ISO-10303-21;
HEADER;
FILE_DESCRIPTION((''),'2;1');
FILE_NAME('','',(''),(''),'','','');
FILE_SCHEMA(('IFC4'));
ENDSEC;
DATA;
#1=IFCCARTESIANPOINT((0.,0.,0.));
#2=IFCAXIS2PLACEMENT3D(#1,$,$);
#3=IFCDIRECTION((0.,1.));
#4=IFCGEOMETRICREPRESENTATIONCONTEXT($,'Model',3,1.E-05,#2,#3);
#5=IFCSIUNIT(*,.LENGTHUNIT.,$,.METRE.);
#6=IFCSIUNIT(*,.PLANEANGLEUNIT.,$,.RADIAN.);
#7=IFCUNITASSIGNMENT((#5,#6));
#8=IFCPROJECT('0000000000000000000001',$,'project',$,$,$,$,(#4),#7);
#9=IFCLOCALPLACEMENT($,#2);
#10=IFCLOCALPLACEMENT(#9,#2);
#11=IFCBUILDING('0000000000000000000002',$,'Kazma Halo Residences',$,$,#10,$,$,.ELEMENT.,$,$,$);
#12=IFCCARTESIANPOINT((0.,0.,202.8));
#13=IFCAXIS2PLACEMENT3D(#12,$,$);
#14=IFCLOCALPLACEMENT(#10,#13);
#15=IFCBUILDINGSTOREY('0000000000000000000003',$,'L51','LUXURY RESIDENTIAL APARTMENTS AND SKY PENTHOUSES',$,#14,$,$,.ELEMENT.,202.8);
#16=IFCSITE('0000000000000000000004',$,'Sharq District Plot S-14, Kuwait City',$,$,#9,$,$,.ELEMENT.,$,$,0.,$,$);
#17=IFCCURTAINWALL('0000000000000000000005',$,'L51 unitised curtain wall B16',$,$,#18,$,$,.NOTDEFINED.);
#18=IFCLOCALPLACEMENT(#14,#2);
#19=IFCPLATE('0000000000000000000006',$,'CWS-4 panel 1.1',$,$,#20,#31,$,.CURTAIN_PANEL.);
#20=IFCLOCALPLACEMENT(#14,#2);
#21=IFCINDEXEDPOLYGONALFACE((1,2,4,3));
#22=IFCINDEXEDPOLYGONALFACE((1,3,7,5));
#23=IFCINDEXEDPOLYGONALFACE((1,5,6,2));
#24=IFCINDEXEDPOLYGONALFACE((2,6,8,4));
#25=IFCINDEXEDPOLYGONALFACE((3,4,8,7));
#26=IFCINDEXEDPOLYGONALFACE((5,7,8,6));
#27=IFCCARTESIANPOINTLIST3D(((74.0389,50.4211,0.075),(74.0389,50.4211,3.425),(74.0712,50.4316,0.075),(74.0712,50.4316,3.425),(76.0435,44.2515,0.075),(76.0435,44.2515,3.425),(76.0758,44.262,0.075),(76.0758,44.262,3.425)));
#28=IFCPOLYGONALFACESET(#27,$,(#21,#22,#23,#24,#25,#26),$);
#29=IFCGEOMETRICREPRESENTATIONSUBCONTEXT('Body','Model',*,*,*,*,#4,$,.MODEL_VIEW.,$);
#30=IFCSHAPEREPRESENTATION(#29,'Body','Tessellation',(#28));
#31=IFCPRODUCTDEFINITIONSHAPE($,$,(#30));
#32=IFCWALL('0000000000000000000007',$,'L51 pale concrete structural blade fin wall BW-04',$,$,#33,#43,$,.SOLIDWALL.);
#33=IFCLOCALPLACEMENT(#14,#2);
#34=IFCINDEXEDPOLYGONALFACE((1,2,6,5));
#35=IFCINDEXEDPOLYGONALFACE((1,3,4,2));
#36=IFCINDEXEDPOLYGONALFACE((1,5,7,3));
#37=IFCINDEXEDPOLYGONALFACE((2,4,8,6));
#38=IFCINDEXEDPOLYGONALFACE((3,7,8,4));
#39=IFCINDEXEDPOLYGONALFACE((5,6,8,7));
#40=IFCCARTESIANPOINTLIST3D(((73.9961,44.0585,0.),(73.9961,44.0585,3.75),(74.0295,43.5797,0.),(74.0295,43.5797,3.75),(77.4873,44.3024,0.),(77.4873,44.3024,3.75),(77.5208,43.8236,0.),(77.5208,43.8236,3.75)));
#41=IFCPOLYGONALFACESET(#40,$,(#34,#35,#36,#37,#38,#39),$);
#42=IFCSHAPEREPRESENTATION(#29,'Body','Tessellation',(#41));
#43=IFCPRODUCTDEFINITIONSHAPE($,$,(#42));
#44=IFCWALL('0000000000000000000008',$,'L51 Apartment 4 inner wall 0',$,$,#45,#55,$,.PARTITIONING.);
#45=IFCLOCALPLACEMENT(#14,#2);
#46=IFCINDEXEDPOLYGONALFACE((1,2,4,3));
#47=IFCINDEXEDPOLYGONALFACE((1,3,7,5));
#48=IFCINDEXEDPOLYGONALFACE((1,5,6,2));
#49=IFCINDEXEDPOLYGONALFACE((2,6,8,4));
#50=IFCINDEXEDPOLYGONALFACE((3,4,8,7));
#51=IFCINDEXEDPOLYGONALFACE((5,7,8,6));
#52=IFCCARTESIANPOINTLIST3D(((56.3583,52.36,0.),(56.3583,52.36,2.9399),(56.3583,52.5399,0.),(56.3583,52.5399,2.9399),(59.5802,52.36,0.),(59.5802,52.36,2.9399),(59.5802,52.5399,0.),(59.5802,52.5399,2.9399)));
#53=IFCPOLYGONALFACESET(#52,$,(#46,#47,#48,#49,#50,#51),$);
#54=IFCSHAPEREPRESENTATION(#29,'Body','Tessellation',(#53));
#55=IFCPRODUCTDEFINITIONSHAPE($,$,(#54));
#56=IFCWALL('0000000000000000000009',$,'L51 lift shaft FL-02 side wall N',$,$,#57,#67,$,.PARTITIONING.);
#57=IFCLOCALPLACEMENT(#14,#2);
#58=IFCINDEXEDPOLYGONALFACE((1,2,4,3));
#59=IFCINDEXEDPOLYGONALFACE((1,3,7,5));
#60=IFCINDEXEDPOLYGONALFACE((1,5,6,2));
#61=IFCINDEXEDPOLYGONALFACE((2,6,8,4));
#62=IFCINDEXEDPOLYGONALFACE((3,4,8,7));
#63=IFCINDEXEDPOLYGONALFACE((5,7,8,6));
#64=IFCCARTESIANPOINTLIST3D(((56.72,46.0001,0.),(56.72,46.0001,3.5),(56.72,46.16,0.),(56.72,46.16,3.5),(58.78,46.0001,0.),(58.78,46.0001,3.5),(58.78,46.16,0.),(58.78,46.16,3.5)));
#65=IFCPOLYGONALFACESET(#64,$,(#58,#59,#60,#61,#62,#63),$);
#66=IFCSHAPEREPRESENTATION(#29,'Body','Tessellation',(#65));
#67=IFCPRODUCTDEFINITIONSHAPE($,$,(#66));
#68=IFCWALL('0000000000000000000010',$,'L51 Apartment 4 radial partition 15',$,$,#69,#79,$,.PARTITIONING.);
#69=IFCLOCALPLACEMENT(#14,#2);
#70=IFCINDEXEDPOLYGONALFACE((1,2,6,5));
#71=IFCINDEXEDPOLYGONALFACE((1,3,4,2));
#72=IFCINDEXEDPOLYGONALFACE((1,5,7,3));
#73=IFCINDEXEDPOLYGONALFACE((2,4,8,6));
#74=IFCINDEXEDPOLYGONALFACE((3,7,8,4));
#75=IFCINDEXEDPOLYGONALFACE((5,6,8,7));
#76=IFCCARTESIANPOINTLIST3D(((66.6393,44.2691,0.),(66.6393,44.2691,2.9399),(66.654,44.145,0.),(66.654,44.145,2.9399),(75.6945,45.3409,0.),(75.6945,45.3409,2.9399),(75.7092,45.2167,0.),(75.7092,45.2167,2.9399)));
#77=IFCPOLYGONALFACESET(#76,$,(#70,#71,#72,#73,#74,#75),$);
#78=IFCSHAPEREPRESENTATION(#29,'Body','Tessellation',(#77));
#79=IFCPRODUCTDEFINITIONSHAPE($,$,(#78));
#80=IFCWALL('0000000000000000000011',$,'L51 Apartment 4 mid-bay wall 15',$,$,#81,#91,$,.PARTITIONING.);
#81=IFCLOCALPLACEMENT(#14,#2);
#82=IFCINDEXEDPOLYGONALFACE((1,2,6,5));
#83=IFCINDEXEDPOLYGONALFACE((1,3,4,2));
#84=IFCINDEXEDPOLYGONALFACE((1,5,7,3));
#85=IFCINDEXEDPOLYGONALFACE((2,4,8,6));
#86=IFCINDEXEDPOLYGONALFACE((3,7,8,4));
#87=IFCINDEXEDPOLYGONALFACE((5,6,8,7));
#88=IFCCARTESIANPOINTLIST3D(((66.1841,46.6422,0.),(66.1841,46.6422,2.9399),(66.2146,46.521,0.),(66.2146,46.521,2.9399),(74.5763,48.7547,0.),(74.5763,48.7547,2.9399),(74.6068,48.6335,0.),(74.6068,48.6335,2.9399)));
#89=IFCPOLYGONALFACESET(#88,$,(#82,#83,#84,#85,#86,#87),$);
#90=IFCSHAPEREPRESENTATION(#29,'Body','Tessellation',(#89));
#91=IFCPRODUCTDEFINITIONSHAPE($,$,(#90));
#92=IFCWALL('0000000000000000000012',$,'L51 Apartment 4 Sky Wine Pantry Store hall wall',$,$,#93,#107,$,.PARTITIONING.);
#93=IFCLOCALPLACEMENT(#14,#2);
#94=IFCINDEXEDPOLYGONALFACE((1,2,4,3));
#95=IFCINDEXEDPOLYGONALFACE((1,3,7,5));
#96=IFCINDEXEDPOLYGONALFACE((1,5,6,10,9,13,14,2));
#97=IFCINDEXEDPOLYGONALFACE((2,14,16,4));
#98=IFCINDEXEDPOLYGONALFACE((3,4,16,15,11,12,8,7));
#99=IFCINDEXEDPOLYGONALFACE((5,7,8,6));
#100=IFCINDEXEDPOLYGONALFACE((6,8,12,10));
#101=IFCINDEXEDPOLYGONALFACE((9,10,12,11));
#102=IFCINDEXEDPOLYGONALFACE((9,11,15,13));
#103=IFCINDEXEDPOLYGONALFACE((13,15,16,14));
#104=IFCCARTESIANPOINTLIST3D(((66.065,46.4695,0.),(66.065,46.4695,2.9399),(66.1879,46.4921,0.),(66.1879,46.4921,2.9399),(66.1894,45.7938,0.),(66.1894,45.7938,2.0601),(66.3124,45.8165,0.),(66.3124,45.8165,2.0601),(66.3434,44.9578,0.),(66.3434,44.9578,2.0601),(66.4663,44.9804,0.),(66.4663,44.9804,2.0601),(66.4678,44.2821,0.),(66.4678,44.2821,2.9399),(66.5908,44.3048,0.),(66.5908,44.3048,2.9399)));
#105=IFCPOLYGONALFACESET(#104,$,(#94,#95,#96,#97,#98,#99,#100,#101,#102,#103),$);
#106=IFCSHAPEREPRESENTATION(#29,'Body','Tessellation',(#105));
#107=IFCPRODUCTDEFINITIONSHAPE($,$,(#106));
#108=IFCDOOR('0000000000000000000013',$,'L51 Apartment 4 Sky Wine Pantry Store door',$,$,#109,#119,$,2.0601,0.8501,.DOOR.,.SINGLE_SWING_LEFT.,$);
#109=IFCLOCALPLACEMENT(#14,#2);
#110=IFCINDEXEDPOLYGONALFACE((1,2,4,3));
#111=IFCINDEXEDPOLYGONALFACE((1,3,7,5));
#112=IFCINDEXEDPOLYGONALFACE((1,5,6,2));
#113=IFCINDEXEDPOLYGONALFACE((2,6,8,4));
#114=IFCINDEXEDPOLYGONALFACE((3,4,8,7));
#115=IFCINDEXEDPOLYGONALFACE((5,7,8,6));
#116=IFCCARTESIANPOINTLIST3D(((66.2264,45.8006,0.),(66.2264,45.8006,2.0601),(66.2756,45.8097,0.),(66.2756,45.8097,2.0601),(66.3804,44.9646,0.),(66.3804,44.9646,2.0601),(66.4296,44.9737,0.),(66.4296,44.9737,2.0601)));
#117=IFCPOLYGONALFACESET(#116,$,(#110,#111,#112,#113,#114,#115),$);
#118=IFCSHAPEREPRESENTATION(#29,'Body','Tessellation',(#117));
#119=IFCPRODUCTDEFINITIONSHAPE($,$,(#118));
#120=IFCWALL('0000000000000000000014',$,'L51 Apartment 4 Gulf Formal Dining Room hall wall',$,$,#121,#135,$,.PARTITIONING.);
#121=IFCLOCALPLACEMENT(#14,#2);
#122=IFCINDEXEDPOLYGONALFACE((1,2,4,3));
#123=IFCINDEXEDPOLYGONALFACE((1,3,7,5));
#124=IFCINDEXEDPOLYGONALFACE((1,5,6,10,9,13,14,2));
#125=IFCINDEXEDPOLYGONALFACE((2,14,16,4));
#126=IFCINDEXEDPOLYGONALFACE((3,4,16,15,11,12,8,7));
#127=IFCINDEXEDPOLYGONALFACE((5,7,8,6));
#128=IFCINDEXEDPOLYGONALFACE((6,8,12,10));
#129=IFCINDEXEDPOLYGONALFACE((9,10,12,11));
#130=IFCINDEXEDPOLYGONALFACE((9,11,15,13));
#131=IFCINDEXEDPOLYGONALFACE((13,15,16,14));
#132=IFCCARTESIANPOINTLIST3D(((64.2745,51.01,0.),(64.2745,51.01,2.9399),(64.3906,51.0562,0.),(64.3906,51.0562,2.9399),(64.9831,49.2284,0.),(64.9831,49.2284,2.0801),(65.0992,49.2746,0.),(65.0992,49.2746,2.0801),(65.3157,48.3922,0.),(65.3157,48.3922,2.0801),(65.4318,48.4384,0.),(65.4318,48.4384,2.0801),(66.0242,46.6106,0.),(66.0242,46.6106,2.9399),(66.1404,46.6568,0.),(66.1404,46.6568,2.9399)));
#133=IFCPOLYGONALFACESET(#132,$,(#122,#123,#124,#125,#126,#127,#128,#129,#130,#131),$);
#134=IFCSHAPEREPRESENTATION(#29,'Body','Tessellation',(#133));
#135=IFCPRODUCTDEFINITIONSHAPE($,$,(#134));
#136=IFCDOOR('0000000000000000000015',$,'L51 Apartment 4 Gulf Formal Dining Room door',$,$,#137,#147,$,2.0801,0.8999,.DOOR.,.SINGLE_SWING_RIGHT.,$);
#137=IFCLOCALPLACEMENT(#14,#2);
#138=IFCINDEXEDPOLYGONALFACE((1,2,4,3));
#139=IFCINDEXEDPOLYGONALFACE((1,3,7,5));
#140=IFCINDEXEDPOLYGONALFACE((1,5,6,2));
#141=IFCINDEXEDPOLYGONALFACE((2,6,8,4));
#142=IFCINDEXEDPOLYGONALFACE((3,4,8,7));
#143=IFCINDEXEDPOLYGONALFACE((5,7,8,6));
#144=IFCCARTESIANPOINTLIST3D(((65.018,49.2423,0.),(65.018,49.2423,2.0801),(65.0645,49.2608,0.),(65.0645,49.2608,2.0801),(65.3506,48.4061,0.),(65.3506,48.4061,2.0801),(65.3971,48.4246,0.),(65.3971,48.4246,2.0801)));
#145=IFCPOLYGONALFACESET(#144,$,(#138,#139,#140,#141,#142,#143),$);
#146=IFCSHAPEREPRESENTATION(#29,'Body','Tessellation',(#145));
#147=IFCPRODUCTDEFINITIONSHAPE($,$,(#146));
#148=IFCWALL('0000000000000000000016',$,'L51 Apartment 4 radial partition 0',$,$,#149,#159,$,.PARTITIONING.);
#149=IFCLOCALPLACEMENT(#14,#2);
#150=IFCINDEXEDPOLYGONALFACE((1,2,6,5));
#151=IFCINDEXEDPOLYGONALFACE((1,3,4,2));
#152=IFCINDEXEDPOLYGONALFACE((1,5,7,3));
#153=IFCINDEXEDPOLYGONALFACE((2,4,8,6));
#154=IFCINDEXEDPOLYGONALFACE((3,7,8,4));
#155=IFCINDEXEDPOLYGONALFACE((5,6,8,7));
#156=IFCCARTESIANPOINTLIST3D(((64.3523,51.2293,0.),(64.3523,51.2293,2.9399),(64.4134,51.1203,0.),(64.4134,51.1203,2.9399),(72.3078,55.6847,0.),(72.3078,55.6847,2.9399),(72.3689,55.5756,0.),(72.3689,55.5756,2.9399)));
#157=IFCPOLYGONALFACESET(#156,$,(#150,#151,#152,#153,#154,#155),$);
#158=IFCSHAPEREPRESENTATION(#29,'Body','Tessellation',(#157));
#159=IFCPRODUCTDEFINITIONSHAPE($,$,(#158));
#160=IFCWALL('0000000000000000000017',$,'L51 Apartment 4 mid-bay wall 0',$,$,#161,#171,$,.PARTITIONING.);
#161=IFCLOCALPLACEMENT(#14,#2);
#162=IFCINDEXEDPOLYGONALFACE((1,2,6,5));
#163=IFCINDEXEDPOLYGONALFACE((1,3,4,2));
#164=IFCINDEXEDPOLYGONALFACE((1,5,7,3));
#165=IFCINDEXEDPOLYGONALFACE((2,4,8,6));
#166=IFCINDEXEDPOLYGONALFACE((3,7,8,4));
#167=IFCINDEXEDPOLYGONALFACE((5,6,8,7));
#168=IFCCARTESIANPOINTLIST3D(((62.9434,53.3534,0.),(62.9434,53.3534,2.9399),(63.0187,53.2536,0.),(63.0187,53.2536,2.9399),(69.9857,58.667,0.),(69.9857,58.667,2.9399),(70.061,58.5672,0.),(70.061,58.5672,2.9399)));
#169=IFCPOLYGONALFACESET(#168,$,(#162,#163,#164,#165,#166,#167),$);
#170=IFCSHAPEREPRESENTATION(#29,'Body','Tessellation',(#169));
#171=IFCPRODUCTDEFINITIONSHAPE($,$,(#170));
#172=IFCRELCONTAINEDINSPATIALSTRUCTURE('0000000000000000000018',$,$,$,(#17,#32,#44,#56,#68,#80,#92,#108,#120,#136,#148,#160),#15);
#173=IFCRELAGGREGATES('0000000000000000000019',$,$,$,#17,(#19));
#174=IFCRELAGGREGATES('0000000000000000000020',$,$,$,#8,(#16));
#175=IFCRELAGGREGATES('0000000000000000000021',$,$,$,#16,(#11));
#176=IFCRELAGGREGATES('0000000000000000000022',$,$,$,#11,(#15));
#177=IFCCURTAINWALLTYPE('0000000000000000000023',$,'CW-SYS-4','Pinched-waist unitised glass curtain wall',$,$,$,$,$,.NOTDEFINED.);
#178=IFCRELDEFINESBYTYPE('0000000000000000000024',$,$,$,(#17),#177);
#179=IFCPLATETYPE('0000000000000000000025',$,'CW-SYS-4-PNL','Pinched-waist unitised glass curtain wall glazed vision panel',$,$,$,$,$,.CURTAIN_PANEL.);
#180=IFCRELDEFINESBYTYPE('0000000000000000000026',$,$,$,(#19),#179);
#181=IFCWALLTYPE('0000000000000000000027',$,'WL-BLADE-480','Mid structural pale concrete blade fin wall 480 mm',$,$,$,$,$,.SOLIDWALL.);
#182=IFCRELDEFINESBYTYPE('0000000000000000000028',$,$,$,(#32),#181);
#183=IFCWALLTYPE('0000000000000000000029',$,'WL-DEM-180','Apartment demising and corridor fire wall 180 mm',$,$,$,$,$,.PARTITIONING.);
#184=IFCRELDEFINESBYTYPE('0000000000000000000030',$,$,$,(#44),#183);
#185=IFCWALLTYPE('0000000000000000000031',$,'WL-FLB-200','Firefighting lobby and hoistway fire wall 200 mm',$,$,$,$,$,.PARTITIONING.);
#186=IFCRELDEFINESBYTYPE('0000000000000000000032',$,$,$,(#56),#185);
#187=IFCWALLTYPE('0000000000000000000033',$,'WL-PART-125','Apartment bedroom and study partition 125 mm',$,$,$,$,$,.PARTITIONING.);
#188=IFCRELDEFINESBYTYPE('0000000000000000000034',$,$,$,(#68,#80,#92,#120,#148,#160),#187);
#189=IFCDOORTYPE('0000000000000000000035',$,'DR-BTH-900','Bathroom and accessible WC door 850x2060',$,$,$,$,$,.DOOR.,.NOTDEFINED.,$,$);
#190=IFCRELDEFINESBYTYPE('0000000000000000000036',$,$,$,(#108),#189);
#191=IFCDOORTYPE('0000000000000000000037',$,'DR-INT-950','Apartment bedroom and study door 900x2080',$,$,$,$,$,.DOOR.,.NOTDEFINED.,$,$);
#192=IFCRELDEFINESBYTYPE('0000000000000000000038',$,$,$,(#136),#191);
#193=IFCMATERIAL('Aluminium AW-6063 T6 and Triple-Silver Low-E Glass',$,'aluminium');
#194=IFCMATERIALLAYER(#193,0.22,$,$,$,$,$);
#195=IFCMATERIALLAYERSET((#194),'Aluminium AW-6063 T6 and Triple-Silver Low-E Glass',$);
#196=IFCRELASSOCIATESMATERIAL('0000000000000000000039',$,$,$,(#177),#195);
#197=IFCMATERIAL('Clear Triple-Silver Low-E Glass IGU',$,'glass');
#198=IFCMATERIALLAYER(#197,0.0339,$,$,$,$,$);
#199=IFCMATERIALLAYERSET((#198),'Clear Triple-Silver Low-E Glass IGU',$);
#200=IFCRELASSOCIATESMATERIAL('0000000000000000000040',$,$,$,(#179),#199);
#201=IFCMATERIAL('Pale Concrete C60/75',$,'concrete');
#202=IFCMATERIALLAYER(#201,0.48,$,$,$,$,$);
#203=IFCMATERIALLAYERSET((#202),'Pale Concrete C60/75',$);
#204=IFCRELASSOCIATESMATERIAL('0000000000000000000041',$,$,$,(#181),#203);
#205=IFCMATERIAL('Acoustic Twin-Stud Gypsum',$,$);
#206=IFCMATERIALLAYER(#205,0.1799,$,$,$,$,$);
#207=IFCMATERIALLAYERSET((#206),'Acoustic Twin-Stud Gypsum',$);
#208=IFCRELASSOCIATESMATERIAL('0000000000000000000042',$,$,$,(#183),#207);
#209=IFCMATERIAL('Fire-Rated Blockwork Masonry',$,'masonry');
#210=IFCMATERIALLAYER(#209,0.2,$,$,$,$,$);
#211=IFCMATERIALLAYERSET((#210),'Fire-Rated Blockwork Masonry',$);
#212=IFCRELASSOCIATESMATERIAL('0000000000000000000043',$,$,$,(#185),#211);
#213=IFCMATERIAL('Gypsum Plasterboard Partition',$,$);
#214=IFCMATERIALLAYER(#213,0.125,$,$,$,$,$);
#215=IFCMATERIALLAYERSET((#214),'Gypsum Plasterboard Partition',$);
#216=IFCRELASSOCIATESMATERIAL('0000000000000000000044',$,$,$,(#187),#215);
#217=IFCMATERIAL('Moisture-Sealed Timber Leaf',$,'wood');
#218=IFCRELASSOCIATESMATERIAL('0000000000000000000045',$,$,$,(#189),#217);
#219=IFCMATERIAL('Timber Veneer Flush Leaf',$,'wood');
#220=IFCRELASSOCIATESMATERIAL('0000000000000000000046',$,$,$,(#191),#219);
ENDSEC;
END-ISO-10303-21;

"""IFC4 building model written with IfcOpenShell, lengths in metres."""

from ifc_helpers import new_model, si_unit, direction, frame, frame_2d, origin, origin_2d, place, context, subcontext, project, spatial, rectangle, extrude, material, layer, layer_set, type_object, element, fill, aggregate, save


model = new_model("IFC4")

# Units and contexts
model_context = context("Model", 3, precision=1e-05, world=origin(), true_north=direction((0.0, 1.0)))
body_context = subcontext(model_context, "Body", "Model", "MODEL_VIEW")
ifc_project = project(units=[si_unit("LENGTHUNIT", "METRE"), si_unit("PLANEANGLEUNIT", "RADIAN")], contexts=[model_context])

# Site, building, storey
site_placement = place(None, origin())
site = spatial("IfcSite", under=ifc_project, at=site_placement, Name="Sharq District Plot S-14, Kuwait City", CompositionType="ELEMENT", RefElevation=0.0)
building_placement = place(site_placement, origin())
building = spatial("IfcBuilding", under=site, at=building_placement, Name="Kazma Halo Residences", CompositionType="ELEMENT")
storey_placement = place(building_placement, frame((0.0, 0.0, 202.8)))
storey = spatial("IfcBuildingStorey", under=building, at=storey_placement, Name="L51", Description="LUXURY RESIDENTIAL APARTMENTS AND SKY PENTHOUSES", CompositionType="ELEMENT", Elevation=202.8)

# Shared definitions
ifc_material_1 = material(Name="Aluminium AW-6063 T6 and Triple-Silver Low-E Glass", Category="aluminium")
ifc_layer_1 = layer(ifc_material_1, 0.22)
ifc_layer_set_1 = layer_set([ifc_layer_1], Name="Aluminium AW-6063 T6 and Triple-Silver Low-E Glass")
curtain_wall_type = type_object("IfcCurtainWallType", Name="CW-SYS-4", Description="Pinched-waist unitised glass curtain wall", PredefinedType="NOTDEFINED", material=ifc_layer_set_1)

# Curtain wall, plate
curtain_wall_1_placement = place(storey_placement, origin())
curtain_wall_1 = element("IfcCurtainWall", 1, at=curtain_wall_1_placement, inside=storey, type_object=curtain_wall_type, Name="L51 unitised curtain wall B16", PredefinedType="NOTDEFINED")
ifc_material_2 = material(Name="Clear Triple-Silver Low-E Glass IGU", Category="glass")
ifc_layer_2 = layer(ifc_material_2, 0.0339)
ifc_layer_set_2 = layer_set([ifc_layer_2], Name="Clear Triple-Silver Low-E Glass IGU")
plate_type = type_object("IfcPlateType", Name="CW-SYS-4-PNL", Description="Pinched-waist unitised glass curtain wall glazed vision panel", PredefinedType="CURTAIN_PANEL", material=ifc_layer_set_2)
plate_placement = place(storey_placement, frame((75.0574, 47.3416, 0.075), z_axis=(0.0, 0.0, 1.0), x_axis=(-0.309016, 0.951057, 0.0)))
plate = element("IfcPlate", 2, at=plate_placement, type_object=plate_type, Name="CWS-4 panel 1.1", PredefinedType="CURTAIN_PANEL", context=body_context, shape_type="SweptSolid", body=[
    extrude(rectangle(XDim=6.4871, YDim=0.0339, at=origin_2d()), origin(), (0.0, 0.0, 1.0), 3.3501),
])
aggregate(curtain_wall_1, [plate])

# Walls
ifc_material_3 = material(Name="Pale Concrete C60/75", Category="concrete")
ifc_layer_3 = layer(ifc_material_3, 0.48)
ifc_layer_set_3 = layer_set([ifc_layer_3], Name="Pale Concrete C60/75")
wall_type_1 = type_object("IfcWallType", Name="WL-BLADE-480", Description="Mid structural pale concrete blade fin wall 480 mm", PredefinedType="SOLIDWALL", material=ifc_layer_set_3)
wall_1_placement = place(storey_placement, frame((74.0127, 43.8191, 0.0), z_axis=(0.0, 0.0, 1.0), x_axis=(0.997569, 0.06969, 0.0)))
element("IfcWall", 3, at=wall_1_placement, inside=storey, type_object=wall_type_1, Name="L51 pale concrete structural blade fin wall BW-04", PredefinedType="SOLIDWALL", context=body_context, shape_type="SweptSolid", body=[
    extrude(rectangle(XDim=3.4998, YDim=0.48, at=frame_2d((1.75, 0.0))), origin(), (0.0, 0.0, 1.0), 3.75),
])
ifc_material_4 = material(Name="Acoustic Twin-Stud Gypsum")
ifc_layer_4 = layer(ifc_material_4, 0.1799)
ifc_layer_set_4 = layer_set([ifc_layer_4], Name="Acoustic Twin-Stud Gypsum")
wall_type_2 = type_object("IfcWallType", Name="WL-DEM-180", Description="Apartment demising and corridor fire wall 180 mm", PredefinedType="PARTITIONING", material=ifc_layer_set_4)
wall_2_placement = place(storey_placement, frame((59.5801, 52.45, 0.0), z_axis=(0.0, 0.0, 1.0), x_axis=(-1.0, 0.0, 0.0)))
element("IfcWall", 4, at=wall_2_placement, inside=storey, type_object=wall_type_2, Name="L51 Apartment 4 inner wall 0", PredefinedType="PARTITIONING", context=body_context, shape_type="SweptSolid", body=[
    extrude(rectangle(XDim=3.2219, YDim=0.1799, at=frame_2d((1.6108, 0.0))), origin(), (0.0, 0.0, 1.0), 2.9399),
])
ifc_material_5 = material(Name="Fire-Rated Blockwork Masonry", Category="masonry")
ifc_layer_5 = layer(ifc_material_5, 0.2)
ifc_layer_set_5 = layer_set([ifc_layer_5], Name="Fire-Rated Blockwork Masonry")
wall_type_3 = type_object("IfcWallType", Name="WL-FLB-200", Description="Firefighting lobby and hoistway fire wall 200 mm", PredefinedType="PARTITIONING", material=ifc_layer_set_5)
wall_3_placement = place(storey_placement, frame((56.72, 46.0801, 0.0), z_axis=(0.0, 0.0, 1.0), x_axis=(1.0, 0.0, 0.0)))
element("IfcWall", 5, at=wall_3_placement, inside=storey, type_object=wall_type_3, Name="L51 lift shaft FL-02 side wall N", PredefinedType="PARTITIONING", context=body_context, shape_type="SweptSolid", body=[
    extrude(rectangle(XDim=2.0601, YDim=0.1599, at=frame_2d((1.03, 0.0))), origin(), (0.0, 0.0, 1.0), 3.5),
])
ifc_material_6 = material(Name="Gypsum Plasterboard Partition")
ifc_layer_6 = layer(ifc_material_6, 0.125)
ifc_layer_set_6 = layer_set([ifc_layer_6], Name="Gypsum Plasterboard Partition")
wall_type_4 = type_object("IfcWallType", Name="WL-PART-125", Description="Apartment bedroom and study partition 125 mm", PredefinedType="PARTITIONING", material=ifc_layer_set_6)
wall_4_placement = place(storey_placement, frame((66.6467, 44.207, 0.0), z_axis=(0.0, 0.0, 1.0), x_axis=(0.993068, 0.11754, 0.0)))
element("IfcWall", 6, at=wall_4_placement, inside=storey, type_object=wall_type_4, Name="L51 Apartment 4 radial partition 15", PredefinedType="PARTITIONING", context=body_context, shape_type="SweptSolid", body=[
    extrude(rectangle(XDim=9.1184, YDim=0.125, at=frame_2d((4.5591, 0.0))), origin(), (0.0, 0.0, 1.0), 2.9399),
])
wall_5_placement = place(storey_placement, frame((66.1992, 46.5815, 0.0), z_axis=(0.0, 0.0, 1.0), x_axis=(0.969748, 0.244108, 0.0)))
element("IfcWall", 7, at=wall_5_placement, inside=storey, type_object=wall_type_4, Name="L51 Apartment 4 mid-bay wall 15", PredefinedType="PARTITIONING", context=body_context, shape_type="SweptSolid", body=[
    extrude(rectangle(XDim=8.6541, YDim=0.125, at=frame_2d((4.3271, 0.0))), origin(), (0.0, 0.0, 1.0), 2.9399),
])

# Walls, openings, doors
wall_6_placement = place(storey_placement, frame((66.5293, 44.2935, 0.0), z_axis=(0.0, 0.0, 1.0), x_axis=(-0.181126, 0.98346, 0.0)))
wall_6 = element("IfcWall", 8, at=wall_6_placement, inside=storey, type_object=wall_type_4, Name="L51 Apartment 4 Sky Wine Pantry Store hall wall", PredefinedType="PARTITIONING", context=body_context, shape_type="SweptSolid", body=[
    extrude(rectangle(XDim=2.2241, YDim=0.125, at=frame_2d((1.1121, 0.0))), origin(), (0.0, 0.0, 1.0), 2.9399),
])
opening_1_placement = place(wall_6_placement, frame((0.687, 0.0, 0.0)))
opening_1 = element("IfcOpeningElement", 9, at=opening_1_placement, cuts=wall_6, PredefinedType="OPENING", context=body_context, shape_type="SweptSolid", body=[
    extrude(rectangle(XDim=0.8501, YDim=2.0601, at=frame_2d((0.425, 1.03))), frame((0.0, 0.0725, 0.0), z_axis=(0.0, -1.0, 0.0), x_axis=(1.0, 0.0, 0.0)), (0.0, 0.0, 1.0), 0.145),
])
ifc_material_7 = material(Name="Moisture-Sealed Timber Leaf", Category="wood")
door_type_1 = type_object("IfcDoorType", Name="DR-BTH-900", Description="Bathroom and accessible WC door 850x2060", OperationType="NOTDEFINED", PredefinedType="DOOR", material=ifc_material_7)
door_1_placement = place(opening_1_placement, origin())
door_1 = element("IfcDoor", 10, at=door_1_placement, inside=storey, type_object=door_type_1, Name="L51 Apartment 4 Sky Wine Pantry Store door", OperationType="SINGLE_SWING_LEFT", OverallHeight=2.0601, OverallWidth=0.8501, PredefinedType="DOOR", context=body_context, shape_type="SweptSolid", body=[
    extrude(rectangle(XDim=0.8501, YDim=2.0601, at=frame_2d((0.425, 1.03))), frame((0.0, 0.0249, 0.0), z_axis=(0.0, -1.0, 0.0), x_axis=(1.0, 0.0, 0.0)), (0.0, 0.0, 1.0), 0.05),
])
fill(opening_1, door_1)
wall_7_placement = place(storey_placement, frame((66.0823, 46.6338, 0.0), z_axis=(0.0, 0.0, 1.0), x_axis=(-0.369567, 0.929204, 0.0)))
wall_7 = element("IfcWall", 11, at=wall_7_placement, inside=storey, type_object=wall_type_4, Name="L51 Apartment 4 Gulf Formal Dining Room hall wall", PredefinedType="PARTITIONING", context=body_context, shape_type="SweptSolid", body=[
    extrude(rectangle(XDim=4.7346, YDim=0.125, at=frame_2d((2.3672, 0.0))), origin(), (0.0, 0.0, 1.0), 2.9399),
])
opening_2_placement = place(wall_7_placement, frame((1.9172, 0.0, 0.0)))
opening_2 = element("IfcOpeningElement", 12, at=opening_2_placement, cuts=wall_7, PredefinedType="OPENING", context=body_context, shape_type="SweptSolid", body=[
    extrude(rectangle(XDim=0.8999, YDim=2.0801, at=frame_2d((0.45, 1.04))), frame((0.0, 0.0725, 0.0), z_axis=(0.0, -1.0, 0.0), x_axis=(1.0, 0.0, 0.0)), (0.0, 0.0, 1.0), 0.145),
])
ifc_material_8 = material(Name="Timber Veneer Flush Leaf", Category="wood")
door_type_2 = type_object("IfcDoorType", Name="DR-INT-950", Description="Apartment bedroom and study door 900x2080", OperationType="NOTDEFINED", PredefinedType="DOOR", material=ifc_material_8)
door_2_placement = place(opening_2_placement, origin())
door_2 = element("IfcDoor", 13, at=door_2_placement, inside=storey, type_object=door_type_2, Name="L51 Apartment 4 Gulf Formal Dining Room door", OperationType="SINGLE_SWING_RIGHT", OverallHeight=2.0801, OverallWidth=0.8999, PredefinedType="DOOR", context=body_context, shape_type="SweptSolid", body=[
    extrude(rectangle(XDim=0.8999, YDim=2.0801, at=frame_2d((0.45, 1.04))), frame((0.0, 0.0249, 0.0), z_axis=(0.0, -1.0, 0.0), x_axis=(1.0, 0.0, 0.0)), (0.0, 0.0, 1.0), 0.05),
])
fill(opening_2, door_2)

# Walls
wall_8_placement = place(storey_placement, frame((64.3828, 51.1748, 0.0), z_axis=(0.0, 0.0, 1.0), x_axis=(0.872496, 0.48862, 0.0)))
element("IfcWall", 14, at=wall_8_placement, inside=storey, type_object=wall_type_4, Name="L51 Apartment 4 radial partition 0", PredefinedType="PARTITIONING", context=body_context, shape_type="SweptSolid", body=[
    extrude(rectangle(XDim=9.1182, YDim=0.125, at=frame_2d((4.5591, 0.0))), origin(), (0.0, 0.0, 1.0), 2.9399),
])
wall_9_placement = place(storey_placement, frame((62.981, 53.3035, 0.0), z_axis=(0.0, 0.0, 1.0), x_axis=(0.798266, 0.602304, 0.0)))
element("IfcWall", 15, at=wall_9_placement, inside=storey, type_object=wall_type_4, Name="L51 Apartment 4 mid-bay wall 0", PredefinedType="PARTITIONING", context=body_context, shape_type="SweptSolid", body=[
    extrude(rectangle(XDim=8.822, YDim=0.125, at=frame_2d((4.4111, 0.0))), origin(), (0.0, 0.0, 1.0), 2.9399),
])

save(model, "model.ifc")
